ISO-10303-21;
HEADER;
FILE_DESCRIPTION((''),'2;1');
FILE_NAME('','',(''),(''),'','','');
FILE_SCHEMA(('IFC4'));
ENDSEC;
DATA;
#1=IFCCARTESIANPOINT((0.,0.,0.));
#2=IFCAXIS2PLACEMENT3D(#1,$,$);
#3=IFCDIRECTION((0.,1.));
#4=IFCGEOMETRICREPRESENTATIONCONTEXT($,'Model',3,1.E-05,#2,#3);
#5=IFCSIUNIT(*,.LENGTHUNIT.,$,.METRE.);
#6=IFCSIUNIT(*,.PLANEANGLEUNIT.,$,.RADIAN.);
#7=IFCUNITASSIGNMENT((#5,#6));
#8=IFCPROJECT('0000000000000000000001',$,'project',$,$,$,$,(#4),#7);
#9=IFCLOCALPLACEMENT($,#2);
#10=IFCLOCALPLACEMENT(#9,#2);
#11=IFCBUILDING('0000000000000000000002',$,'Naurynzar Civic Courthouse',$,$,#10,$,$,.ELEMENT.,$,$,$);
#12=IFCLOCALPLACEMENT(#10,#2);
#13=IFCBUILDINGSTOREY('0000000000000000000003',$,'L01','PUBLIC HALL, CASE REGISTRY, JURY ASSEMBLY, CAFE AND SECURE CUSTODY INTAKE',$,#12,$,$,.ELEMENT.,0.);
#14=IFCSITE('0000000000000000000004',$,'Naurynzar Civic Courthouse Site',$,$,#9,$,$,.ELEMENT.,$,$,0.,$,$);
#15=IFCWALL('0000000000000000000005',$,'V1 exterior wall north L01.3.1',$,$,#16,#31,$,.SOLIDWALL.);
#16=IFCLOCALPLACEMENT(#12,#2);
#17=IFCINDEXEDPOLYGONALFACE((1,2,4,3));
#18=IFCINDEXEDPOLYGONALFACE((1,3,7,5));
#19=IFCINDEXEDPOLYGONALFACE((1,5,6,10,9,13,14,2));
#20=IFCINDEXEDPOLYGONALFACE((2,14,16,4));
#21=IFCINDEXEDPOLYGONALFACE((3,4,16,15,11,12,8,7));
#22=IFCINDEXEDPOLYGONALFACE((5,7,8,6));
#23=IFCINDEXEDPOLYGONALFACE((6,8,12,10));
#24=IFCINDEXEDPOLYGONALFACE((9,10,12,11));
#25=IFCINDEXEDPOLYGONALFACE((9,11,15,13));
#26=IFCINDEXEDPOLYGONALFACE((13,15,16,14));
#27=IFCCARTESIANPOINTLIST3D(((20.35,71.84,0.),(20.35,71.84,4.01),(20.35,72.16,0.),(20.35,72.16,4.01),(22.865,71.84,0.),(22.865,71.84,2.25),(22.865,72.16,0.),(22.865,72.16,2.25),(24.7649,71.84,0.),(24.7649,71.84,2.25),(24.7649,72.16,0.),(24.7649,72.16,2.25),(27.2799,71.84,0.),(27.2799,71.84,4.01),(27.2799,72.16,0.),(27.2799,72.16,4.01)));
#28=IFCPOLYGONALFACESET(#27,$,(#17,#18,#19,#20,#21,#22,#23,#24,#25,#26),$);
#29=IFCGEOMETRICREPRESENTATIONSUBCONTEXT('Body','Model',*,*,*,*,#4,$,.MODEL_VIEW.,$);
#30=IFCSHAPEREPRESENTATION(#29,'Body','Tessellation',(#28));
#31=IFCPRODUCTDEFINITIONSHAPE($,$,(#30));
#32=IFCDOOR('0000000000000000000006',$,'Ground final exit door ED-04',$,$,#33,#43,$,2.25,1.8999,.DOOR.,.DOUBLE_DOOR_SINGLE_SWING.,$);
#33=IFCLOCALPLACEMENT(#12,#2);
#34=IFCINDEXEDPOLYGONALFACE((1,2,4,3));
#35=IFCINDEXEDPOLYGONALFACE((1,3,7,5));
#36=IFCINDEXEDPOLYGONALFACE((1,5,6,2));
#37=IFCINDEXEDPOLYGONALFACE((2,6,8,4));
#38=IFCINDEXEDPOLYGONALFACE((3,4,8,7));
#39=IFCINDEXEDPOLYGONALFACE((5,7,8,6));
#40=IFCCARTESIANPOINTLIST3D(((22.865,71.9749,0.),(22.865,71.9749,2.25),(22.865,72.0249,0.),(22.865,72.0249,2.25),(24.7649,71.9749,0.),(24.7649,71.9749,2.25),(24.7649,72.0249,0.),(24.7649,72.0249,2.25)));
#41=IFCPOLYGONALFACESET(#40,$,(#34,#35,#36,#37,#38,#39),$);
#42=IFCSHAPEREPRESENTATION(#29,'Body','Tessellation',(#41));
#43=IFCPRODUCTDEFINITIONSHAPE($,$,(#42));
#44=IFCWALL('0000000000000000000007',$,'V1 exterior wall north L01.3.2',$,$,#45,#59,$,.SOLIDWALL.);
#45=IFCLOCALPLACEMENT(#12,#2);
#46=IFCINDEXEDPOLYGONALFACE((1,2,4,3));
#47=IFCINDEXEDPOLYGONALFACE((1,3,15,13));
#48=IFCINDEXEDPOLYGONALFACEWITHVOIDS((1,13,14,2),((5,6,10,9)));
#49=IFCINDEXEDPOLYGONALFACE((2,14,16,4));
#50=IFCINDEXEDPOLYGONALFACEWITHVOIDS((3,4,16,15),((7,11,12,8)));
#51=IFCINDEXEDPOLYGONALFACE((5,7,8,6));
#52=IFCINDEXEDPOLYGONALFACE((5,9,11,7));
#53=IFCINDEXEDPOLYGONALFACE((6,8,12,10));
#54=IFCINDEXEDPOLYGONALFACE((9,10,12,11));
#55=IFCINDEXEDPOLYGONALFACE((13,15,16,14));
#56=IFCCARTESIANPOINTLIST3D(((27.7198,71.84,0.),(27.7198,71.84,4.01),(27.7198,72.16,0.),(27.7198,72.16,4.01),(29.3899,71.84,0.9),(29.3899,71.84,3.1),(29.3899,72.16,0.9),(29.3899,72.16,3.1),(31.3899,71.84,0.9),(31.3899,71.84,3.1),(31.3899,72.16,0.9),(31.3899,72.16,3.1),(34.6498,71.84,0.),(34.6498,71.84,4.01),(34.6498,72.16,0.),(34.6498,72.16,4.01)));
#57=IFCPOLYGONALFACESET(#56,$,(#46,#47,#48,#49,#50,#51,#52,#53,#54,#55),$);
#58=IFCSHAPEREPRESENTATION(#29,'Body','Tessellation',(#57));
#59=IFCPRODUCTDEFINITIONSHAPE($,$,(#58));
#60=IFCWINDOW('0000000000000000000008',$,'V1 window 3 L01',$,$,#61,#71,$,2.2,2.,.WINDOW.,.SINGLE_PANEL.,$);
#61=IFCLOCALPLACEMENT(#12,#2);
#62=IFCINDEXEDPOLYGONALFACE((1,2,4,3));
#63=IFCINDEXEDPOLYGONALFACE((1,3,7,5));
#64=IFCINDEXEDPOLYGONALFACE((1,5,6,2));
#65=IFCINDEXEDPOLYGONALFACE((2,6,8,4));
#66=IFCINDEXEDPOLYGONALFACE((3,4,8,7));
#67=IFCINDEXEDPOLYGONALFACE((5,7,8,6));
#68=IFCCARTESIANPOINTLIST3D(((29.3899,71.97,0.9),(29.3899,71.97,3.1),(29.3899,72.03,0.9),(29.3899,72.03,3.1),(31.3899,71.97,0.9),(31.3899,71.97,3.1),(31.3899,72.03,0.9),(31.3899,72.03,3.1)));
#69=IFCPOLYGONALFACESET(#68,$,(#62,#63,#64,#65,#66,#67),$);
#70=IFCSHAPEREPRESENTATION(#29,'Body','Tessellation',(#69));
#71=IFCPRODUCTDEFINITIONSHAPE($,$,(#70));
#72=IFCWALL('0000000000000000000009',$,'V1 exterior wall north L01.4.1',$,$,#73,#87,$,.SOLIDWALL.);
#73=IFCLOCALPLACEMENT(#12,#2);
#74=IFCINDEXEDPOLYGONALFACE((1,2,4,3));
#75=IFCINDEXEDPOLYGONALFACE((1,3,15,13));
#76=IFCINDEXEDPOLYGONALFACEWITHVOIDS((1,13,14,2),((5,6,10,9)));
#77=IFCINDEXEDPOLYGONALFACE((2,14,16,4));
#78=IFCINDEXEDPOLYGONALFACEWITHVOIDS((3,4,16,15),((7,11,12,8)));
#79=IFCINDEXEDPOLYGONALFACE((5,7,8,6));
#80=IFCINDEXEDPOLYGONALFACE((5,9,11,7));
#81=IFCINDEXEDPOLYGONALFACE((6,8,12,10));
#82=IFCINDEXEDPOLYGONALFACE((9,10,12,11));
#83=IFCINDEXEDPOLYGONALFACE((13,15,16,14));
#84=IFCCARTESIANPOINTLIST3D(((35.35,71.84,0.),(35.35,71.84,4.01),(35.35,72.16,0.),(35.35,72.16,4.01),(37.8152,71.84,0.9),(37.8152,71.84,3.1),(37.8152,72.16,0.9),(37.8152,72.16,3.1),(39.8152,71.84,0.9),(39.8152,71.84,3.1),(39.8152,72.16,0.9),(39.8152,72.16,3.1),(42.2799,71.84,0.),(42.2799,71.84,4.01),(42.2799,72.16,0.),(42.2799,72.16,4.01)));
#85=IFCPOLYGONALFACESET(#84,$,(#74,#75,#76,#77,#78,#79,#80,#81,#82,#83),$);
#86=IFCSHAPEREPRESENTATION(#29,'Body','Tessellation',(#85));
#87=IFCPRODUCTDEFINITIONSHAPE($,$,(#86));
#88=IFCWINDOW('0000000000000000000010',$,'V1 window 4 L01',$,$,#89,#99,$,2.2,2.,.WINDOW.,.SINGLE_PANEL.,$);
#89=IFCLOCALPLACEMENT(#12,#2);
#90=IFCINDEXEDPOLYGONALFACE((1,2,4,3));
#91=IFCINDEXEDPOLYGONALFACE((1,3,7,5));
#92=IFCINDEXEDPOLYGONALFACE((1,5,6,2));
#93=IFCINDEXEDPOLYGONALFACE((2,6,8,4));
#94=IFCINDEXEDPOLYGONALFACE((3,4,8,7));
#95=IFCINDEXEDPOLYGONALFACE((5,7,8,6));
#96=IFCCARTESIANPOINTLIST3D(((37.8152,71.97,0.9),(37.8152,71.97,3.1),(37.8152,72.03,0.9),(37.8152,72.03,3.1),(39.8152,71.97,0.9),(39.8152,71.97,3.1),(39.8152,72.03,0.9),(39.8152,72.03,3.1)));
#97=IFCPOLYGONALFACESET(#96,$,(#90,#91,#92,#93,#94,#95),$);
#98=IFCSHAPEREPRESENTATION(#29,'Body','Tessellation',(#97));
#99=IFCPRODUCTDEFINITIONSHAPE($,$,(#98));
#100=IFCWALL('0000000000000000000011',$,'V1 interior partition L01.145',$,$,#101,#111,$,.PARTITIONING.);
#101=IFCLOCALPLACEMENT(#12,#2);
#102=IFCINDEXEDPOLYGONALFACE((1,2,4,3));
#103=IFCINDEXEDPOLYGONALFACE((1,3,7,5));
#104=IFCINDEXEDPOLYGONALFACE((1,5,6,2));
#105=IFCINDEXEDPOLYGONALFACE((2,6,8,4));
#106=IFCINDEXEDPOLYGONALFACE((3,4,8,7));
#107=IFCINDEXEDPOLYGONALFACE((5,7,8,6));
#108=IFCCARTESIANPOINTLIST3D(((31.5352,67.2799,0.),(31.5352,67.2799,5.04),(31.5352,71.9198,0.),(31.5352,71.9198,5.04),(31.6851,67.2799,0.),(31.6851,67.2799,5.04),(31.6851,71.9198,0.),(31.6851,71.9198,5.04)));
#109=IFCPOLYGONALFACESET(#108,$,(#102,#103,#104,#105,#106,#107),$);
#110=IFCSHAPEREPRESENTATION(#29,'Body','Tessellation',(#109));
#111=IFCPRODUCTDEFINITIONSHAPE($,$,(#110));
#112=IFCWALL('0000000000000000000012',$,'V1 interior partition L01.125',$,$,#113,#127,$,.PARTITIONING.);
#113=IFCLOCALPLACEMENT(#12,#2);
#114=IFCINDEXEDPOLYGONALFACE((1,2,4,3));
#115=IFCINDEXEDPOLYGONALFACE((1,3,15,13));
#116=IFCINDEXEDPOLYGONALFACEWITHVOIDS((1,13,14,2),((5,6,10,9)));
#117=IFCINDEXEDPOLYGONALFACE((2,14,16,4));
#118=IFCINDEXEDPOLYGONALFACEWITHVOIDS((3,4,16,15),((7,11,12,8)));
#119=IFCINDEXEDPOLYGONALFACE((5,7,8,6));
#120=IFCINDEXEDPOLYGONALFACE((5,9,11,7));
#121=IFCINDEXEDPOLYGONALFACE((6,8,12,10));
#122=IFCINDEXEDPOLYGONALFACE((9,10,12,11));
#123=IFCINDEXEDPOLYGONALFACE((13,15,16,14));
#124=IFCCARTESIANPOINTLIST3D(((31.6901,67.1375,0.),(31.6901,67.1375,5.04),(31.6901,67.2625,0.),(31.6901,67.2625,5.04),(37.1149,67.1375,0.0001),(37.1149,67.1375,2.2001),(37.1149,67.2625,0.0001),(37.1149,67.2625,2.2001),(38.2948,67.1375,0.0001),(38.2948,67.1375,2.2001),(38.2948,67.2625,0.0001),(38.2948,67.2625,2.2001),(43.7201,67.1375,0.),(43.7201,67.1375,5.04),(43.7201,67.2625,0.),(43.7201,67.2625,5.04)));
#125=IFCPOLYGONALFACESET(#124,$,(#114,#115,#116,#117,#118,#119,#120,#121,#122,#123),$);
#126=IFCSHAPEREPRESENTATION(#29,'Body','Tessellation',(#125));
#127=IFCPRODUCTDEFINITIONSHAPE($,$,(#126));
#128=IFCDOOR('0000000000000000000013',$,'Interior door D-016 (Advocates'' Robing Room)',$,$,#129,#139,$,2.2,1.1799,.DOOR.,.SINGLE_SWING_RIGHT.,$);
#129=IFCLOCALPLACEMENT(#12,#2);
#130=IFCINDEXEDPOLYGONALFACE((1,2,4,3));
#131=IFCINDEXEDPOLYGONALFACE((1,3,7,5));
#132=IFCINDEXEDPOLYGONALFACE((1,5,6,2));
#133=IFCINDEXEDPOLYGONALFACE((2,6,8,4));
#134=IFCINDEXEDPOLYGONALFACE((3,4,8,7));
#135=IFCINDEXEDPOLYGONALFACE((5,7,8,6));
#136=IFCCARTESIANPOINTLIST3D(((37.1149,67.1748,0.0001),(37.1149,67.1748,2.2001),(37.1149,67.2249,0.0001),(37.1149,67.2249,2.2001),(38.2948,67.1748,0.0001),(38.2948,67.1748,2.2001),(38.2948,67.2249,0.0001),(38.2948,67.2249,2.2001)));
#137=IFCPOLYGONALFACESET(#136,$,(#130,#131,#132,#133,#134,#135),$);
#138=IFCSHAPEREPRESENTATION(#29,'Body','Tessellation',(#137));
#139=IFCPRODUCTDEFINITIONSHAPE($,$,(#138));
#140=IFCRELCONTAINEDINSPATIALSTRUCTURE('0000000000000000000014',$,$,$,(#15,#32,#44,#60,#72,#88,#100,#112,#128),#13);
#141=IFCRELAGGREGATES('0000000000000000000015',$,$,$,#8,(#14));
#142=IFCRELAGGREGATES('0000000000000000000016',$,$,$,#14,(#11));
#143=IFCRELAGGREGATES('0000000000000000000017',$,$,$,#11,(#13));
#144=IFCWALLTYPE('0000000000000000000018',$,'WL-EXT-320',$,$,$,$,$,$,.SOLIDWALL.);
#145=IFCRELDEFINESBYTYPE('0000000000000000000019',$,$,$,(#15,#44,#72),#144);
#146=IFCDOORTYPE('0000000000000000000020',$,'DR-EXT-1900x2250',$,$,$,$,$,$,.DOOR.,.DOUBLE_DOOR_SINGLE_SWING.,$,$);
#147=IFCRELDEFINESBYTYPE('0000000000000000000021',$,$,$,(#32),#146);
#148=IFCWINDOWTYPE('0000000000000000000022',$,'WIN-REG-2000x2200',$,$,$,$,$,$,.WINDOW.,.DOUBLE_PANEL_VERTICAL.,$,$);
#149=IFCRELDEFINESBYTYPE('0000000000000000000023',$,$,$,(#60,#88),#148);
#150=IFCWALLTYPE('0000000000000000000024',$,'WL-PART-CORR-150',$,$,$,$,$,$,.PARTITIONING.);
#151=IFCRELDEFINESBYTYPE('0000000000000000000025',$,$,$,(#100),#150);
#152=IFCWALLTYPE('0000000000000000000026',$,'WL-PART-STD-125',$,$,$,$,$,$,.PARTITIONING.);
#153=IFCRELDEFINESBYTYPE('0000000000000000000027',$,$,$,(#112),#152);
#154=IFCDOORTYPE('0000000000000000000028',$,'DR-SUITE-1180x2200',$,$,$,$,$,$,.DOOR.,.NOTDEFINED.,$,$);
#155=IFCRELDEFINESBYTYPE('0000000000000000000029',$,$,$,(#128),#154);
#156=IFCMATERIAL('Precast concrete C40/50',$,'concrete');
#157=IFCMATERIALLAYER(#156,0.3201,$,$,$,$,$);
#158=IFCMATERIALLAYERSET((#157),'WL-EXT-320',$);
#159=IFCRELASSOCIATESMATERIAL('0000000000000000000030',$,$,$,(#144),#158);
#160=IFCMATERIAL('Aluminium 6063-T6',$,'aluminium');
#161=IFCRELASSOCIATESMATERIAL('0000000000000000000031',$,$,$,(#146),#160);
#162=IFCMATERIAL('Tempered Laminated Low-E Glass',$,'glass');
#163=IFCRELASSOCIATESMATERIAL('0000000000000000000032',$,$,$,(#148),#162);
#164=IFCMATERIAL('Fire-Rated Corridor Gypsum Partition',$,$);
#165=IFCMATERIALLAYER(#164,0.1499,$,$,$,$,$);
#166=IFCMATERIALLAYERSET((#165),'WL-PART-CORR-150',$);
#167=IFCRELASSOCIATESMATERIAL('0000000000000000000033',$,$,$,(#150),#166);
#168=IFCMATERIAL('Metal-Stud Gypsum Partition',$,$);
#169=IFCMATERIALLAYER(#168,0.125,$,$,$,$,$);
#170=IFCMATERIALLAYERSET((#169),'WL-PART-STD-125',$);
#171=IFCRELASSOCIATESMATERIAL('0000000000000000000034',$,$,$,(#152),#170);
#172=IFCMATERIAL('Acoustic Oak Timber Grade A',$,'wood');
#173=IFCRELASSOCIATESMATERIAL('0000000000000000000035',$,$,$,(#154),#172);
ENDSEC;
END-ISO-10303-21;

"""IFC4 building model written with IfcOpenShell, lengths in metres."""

from ifc_helpers import new_model, si_unit, direction, frame, frame_2d, origin, place, context, subcontext, project, spatial, rectangle, extrude, material, layer, layer_set, type_object, element, fill, save


model = new_model("IFC4")

# Units and contexts
model_context = context("Model", 3, precision=1e-05, world=origin(), true_north=direction((0.0, 1.0)))
body_context = subcontext(model_context, "Body", "Model", "MODEL_VIEW")
ifc_project = project(units=[si_unit("LENGTHUNIT", "METRE"), si_unit("PLANEANGLEUNIT", "RADIAN")], contexts=[model_context])

# Site, building, storey
site_placement = place(None, origin())
site = spatial("IfcSite", under=ifc_project, at=site_placement, Name="Naurynzar Civic Courthouse Site", CompositionType="ELEMENT", RefElevation=0.0)
building_placement = place(site_placement, origin())
building = spatial("IfcBuilding", under=site, at=building_placement, Name="Naurynzar Civic Courthouse", CompositionType="ELEMENT")
storey_placement = place(building_placement, origin())
storey = spatial("IfcBuildingStorey", under=building, at=storey_placement, Name="L01", Description="PUBLIC HALL, CASE REGISTRY, JURY ASSEMBLY, CAFE AND SECURE CUSTODY INTAKE", CompositionType="ELEMENT", Elevation=0.0)

# Wall, opening, door
ifc_material_1 = material(Name="Precast concrete C40/50", Category="concrete")
ifc_layer_1 = layer(ifc_material_1, 0.3201)
ifc_layer_set_1 = layer_set([ifc_layer_1], Name="WL-EXT-320")
wall_type_1 = type_object("IfcWallType", Name="WL-EXT-320", PredefinedType="SOLIDWALL", material=ifc_layer_set_1)
wall_1_placement = place(storey_placement, frame((20.3501, 72.0, 0.0), z_axis=(0.0, 0.0, 1.0), x_axis=(1.0, 0.0, 0.0)))
wall_1 = element("IfcWall", 1, at=wall_1_placement, inside=storey, type_object=wall_type_1, Name="V1 exterior wall north L01.3.1", PredefinedType="SOLIDWALL", context=body_context, shape_type="SweptSolid", body=[
    extrude(rectangle(XDim=6.9299, YDim=0.3201, at=frame_2d((3.4648, 0.0))), origin(), (0.0, 0.0, 1.0), 4.01),
])
opening_1_placement = place(wall_1_placement, frame((2.5149, 0.0, 0.0)))
opening_1 = element("IfcOpeningElement", 2, at=opening_1_placement, cuts=wall_1, PredefinedType="OPENING", context=body_context, shape_type="SweptSolid", body=[
    extrude(rectangle(XDim=1.8999, YDim=2.25, at=frame_2d((0.95, 1.125))), frame((0.0, 0.1699, 0.0), z_axis=(0.0, -1.0, 0.0), x_axis=(1.0, 0.0, 0.0)), (0.0, 0.0, 1.0), 0.3401),
])
ifc_material_2 = material(Name="Aluminium 6063-T6", Category="aluminium")
door_type_1 = type_object("IfcDoorType", Name="DR-EXT-1900x2250", OperationType="DOUBLE_DOOR_SINGLE_SWING", PredefinedType="DOOR", material=ifc_material_2)
door_1_placement = place(opening_1_placement, origin())
door_1 = element("IfcDoor", 3, at=door_1_placement, inside=storey, type_object=door_type_1, Name="Ground final exit door ED-04", OperationType="DOUBLE_DOOR_SINGLE_SWING", OverallHeight=2.25, OverallWidth=1.8999, PredefinedType="DOOR", context=body_context, shape_type="SweptSolid", body=[
    extrude(rectangle(XDim=1.8999, YDim=2.25, at=frame_2d((0.95, 1.125))), frame((0.0, 0.0249, 0.0), z_axis=(0.0, -1.0, 0.0), x_axis=(1.0, 0.0, 0.0)), (0.0, 0.0, 1.0), 0.05),
])
fill(opening_1, door_1)

# Walls, openings, windows
wall_2_placement = place(storey_placement, frame((27.72, 72.0, 0.0), z_axis=(0.0, 0.0, 1.0), x_axis=(1.0, 0.0, 0.0)))
wall_2 = element("IfcWall", 4, at=wall_2_placement, inside=storey, type_object=wall_type_1, Name="V1 exterior wall north L01.3.2", PredefinedType="SOLIDWALL", context=body_context, shape_type="SweptSolid", body=[
    extrude(rectangle(XDim=6.9299, YDim=0.3201, at=frame_2d((3.4648, 0.0))), origin(), (0.0, 0.0, 1.0), 4.01),
])
opening_2_placement = place(wall_2_placement, frame((1.6699, 0.0, 0.8999)))
opening_2 = element("IfcOpeningElement", 5, at=opening_2_placement, cuts=wall_2, PredefinedType="OPENING", context=body_context, shape_type="SweptSolid", body=[
    extrude(rectangle(XDim=2.0, YDim=2.2, at=frame_2d((1.0, 1.1001))), frame((0.0, 0.1699, 0.0), z_axis=(0.0, -1.0, 0.0), x_axis=(1.0, 0.0, 0.0)), (0.0, 0.0, 1.0), 0.3401),
])
ifc_material_3 = material(Name="Tempered Laminated Low-E Glass", Category="glass")
window_type = type_object("IfcWindowType", Name="WIN-REG-2000x2200", PartitioningType="DOUBLE_PANEL_VERTICAL", PredefinedType="WINDOW", material=ifc_material_3)
window_1_placement = place(opening_2_placement, origin())
window_1 = element("IfcWindow", 6, at=window_1_placement, inside=storey, type_object=window_type, Name="V1 window 3 L01", OverallHeight=2.2, OverallWidth=2.0, PartitioningType="SINGLE_PANEL", PredefinedType="WINDOW", context=body_context, shape_type="SweptSolid", body=[
    extrude(rectangle(XDim=2.0, YDim=2.2, at=frame_2d((1.0, 1.1001))), frame((0.0, 0.03, 0.0), z_axis=(0.0, -1.0, 0.0), x_axis=(1.0, 0.0, 0.0)), (0.0, 0.0, 1.0), 0.0601),
])
fill(opening_2, window_1)
wall_3_placement = place(storey_placement, frame((35.3501, 72.0, 0.0), z_axis=(0.0, 0.0, 1.0), x_axis=(1.0, 0.0, 0.0)))
wall_3 = element("IfcWall", 7, at=wall_3_placement, inside=storey, type_object=wall_type_1, Name="V1 exterior wall north L01.4.1", PredefinedType="SOLIDWALL", context=body_context, shape_type="SweptSolid", body=[
    extrude(rectangle(XDim=6.9299, YDim=0.3201, at=frame_2d((3.4648, 0.0))), origin(), (0.0, 0.0, 1.0), 4.01),
])
opening_3_placement = place(wall_3_placement, frame((2.4651, 0.0, 0.8999)))
opening_3 = element("IfcOpeningElement", 8, at=opening_3_placement, cuts=wall_3, PredefinedType="OPENING", context=body_context, shape_type="SweptSolid", body=[
    extrude(rectangle(XDim=2.0, YDim=2.2, at=frame_2d((1.0, 1.1001))), frame((0.0, 0.1699, 0.0), z_axis=(0.0, -1.0, 0.0), x_axis=(1.0, 0.0, 0.0)), (0.0, 0.0, 1.0), 0.3401),
])
window_2_placement = place(opening_3_placement, origin())
window_2 = element("IfcWindow", 9, at=window_2_placement, inside=storey, type_object=window_type, Name="V1 window 4 L01", OverallHeight=2.2, OverallWidth=2.0, PartitioningType="SINGLE_PANEL", PredefinedType="WINDOW", context=body_context, shape_type="SweptSolid", body=[
    extrude(rectangle(XDim=2.0, YDim=2.2, at=frame_2d((1.0, 1.1001))), frame((0.0, 0.03, 0.0), z_axis=(0.0, -1.0, 0.0), x_axis=(1.0, 0.0, 0.0)), (0.0, 0.0, 1.0), 0.0601),
])
fill(opening_3, window_2)

# Wall
ifc_material_4 = material(Name="Fire-Rated Corridor Gypsum Partition")
ifc_layer_2 = layer(ifc_material_4, 0.1499)
ifc_layer_set_2 = layer_set([ifc_layer_2], Name="WL-PART-CORR-150")
wall_type_2 = type_object("IfcWallType", Name="WL-PART-CORR-150", PredefinedType="PARTITIONING", material=ifc_layer_set_2)
wall_4_placement = place(storey_placement, frame((31.6101, 67.28, 0.0), z_axis=(0.0, 0.0, 1.0), x_axis=(0.0, 1.0, 0.0)))
element("IfcWall", 10, at=wall_4_placement, inside=storey, type_object=wall_type_2, Name="V1 interior partition L01.145", PredefinedType="PARTITIONING", context=body_context, shape_type="SweptSolid", body=[
    extrude(rectangle(XDim=4.6399, YDim=0.1499, at=frame_2d((2.3198, 0.0))), origin(), (0.0, 0.0, 1.0), 5.04),
])

# Wall, opening, door
ifc_material_5 = material(Name="Metal-Stud Gypsum Partition")
ifc_layer_3 = layer(ifc_material_5, 0.125)
ifc_layer_set_3 = layer_set([ifc_layer_3], Name="WL-PART-STD-125")
wall_type_3 = type_object("IfcWallType", Name="WL-PART-STD-125", PredefinedType="PARTITIONING", material=ifc_layer_set_3)
wall_5_placement = place(storey_placement, frame((31.6899, 67.2, 0.0), z_axis=(0.0, 0.0, 1.0), x_axis=(1.0, 0.0, 0.0)))
wall_5 = element("IfcWall", 11, at=wall_5_placement, inside=storey, type_object=wall_type_3, Name="V1 interior partition L01.125", PredefinedType="PARTITIONING", context=body_context, shape_type="SweptSolid", body=[
    extrude(rectangle(XDim=12.03, YDim=0.125, at=frame_2d((6.0151, 0.0))), origin(), (0.0, 0.0, 1.0), 5.04),
])
opening_4_placement = place(wall_5_placement, frame((5.425, 0.0, 0.0)))
opening_4 = element("IfcOpeningElement", 12, at=opening_4_placement, cuts=wall_5, PredefinedType="OPENING", context=body_context, shape_type="SweptSolid", body=[
    extrude(rectangle(XDim=1.1799, YDim=2.2, at=frame_2d((0.5898, 1.1001))), frame((0.0, 0.0725, 0.0), z_axis=(0.0, -1.0, 0.0), x_axis=(1.0, 0.0, 0.0)), (0.0, 0.0, 1.0), 0.145),
])
ifc_material_6 = material(Name="Acoustic Oak Timber Grade A", Category="wood")
door_type_2 = type_object("IfcDoorType", Name="DR-SUITE-1180x2200", OperationType="NOTDEFINED", PredefinedType="DOOR", material=ifc_material_6)
door_2_placement = place(opening_4_placement, origin())
door_2 = element("IfcDoor", 13, at=door_2_placement, inside=storey, type_object=door_type_2, Name="Interior door D-016 (Advocates' Robing Room)", OperationType="SINGLE_SWING_RIGHT", OverallHeight=2.2, OverallWidth=1.1799, PredefinedType="DOOR", context=body_context, shape_type="SweptSolid", body=[
    extrude(rectangle(XDim=1.1799, YDim=2.2, at=frame_2d((0.5898, 1.1001))), frame((0.0, 0.0249, 0.0), z_axis=(0.0, -1.0, 0.0), x_axis=(1.0, 0.0, 0.0)), (0.0, 0.0, 1.0), 0.05),
])
fill(opening_4, door_2)

save(model, "model.ifc")
